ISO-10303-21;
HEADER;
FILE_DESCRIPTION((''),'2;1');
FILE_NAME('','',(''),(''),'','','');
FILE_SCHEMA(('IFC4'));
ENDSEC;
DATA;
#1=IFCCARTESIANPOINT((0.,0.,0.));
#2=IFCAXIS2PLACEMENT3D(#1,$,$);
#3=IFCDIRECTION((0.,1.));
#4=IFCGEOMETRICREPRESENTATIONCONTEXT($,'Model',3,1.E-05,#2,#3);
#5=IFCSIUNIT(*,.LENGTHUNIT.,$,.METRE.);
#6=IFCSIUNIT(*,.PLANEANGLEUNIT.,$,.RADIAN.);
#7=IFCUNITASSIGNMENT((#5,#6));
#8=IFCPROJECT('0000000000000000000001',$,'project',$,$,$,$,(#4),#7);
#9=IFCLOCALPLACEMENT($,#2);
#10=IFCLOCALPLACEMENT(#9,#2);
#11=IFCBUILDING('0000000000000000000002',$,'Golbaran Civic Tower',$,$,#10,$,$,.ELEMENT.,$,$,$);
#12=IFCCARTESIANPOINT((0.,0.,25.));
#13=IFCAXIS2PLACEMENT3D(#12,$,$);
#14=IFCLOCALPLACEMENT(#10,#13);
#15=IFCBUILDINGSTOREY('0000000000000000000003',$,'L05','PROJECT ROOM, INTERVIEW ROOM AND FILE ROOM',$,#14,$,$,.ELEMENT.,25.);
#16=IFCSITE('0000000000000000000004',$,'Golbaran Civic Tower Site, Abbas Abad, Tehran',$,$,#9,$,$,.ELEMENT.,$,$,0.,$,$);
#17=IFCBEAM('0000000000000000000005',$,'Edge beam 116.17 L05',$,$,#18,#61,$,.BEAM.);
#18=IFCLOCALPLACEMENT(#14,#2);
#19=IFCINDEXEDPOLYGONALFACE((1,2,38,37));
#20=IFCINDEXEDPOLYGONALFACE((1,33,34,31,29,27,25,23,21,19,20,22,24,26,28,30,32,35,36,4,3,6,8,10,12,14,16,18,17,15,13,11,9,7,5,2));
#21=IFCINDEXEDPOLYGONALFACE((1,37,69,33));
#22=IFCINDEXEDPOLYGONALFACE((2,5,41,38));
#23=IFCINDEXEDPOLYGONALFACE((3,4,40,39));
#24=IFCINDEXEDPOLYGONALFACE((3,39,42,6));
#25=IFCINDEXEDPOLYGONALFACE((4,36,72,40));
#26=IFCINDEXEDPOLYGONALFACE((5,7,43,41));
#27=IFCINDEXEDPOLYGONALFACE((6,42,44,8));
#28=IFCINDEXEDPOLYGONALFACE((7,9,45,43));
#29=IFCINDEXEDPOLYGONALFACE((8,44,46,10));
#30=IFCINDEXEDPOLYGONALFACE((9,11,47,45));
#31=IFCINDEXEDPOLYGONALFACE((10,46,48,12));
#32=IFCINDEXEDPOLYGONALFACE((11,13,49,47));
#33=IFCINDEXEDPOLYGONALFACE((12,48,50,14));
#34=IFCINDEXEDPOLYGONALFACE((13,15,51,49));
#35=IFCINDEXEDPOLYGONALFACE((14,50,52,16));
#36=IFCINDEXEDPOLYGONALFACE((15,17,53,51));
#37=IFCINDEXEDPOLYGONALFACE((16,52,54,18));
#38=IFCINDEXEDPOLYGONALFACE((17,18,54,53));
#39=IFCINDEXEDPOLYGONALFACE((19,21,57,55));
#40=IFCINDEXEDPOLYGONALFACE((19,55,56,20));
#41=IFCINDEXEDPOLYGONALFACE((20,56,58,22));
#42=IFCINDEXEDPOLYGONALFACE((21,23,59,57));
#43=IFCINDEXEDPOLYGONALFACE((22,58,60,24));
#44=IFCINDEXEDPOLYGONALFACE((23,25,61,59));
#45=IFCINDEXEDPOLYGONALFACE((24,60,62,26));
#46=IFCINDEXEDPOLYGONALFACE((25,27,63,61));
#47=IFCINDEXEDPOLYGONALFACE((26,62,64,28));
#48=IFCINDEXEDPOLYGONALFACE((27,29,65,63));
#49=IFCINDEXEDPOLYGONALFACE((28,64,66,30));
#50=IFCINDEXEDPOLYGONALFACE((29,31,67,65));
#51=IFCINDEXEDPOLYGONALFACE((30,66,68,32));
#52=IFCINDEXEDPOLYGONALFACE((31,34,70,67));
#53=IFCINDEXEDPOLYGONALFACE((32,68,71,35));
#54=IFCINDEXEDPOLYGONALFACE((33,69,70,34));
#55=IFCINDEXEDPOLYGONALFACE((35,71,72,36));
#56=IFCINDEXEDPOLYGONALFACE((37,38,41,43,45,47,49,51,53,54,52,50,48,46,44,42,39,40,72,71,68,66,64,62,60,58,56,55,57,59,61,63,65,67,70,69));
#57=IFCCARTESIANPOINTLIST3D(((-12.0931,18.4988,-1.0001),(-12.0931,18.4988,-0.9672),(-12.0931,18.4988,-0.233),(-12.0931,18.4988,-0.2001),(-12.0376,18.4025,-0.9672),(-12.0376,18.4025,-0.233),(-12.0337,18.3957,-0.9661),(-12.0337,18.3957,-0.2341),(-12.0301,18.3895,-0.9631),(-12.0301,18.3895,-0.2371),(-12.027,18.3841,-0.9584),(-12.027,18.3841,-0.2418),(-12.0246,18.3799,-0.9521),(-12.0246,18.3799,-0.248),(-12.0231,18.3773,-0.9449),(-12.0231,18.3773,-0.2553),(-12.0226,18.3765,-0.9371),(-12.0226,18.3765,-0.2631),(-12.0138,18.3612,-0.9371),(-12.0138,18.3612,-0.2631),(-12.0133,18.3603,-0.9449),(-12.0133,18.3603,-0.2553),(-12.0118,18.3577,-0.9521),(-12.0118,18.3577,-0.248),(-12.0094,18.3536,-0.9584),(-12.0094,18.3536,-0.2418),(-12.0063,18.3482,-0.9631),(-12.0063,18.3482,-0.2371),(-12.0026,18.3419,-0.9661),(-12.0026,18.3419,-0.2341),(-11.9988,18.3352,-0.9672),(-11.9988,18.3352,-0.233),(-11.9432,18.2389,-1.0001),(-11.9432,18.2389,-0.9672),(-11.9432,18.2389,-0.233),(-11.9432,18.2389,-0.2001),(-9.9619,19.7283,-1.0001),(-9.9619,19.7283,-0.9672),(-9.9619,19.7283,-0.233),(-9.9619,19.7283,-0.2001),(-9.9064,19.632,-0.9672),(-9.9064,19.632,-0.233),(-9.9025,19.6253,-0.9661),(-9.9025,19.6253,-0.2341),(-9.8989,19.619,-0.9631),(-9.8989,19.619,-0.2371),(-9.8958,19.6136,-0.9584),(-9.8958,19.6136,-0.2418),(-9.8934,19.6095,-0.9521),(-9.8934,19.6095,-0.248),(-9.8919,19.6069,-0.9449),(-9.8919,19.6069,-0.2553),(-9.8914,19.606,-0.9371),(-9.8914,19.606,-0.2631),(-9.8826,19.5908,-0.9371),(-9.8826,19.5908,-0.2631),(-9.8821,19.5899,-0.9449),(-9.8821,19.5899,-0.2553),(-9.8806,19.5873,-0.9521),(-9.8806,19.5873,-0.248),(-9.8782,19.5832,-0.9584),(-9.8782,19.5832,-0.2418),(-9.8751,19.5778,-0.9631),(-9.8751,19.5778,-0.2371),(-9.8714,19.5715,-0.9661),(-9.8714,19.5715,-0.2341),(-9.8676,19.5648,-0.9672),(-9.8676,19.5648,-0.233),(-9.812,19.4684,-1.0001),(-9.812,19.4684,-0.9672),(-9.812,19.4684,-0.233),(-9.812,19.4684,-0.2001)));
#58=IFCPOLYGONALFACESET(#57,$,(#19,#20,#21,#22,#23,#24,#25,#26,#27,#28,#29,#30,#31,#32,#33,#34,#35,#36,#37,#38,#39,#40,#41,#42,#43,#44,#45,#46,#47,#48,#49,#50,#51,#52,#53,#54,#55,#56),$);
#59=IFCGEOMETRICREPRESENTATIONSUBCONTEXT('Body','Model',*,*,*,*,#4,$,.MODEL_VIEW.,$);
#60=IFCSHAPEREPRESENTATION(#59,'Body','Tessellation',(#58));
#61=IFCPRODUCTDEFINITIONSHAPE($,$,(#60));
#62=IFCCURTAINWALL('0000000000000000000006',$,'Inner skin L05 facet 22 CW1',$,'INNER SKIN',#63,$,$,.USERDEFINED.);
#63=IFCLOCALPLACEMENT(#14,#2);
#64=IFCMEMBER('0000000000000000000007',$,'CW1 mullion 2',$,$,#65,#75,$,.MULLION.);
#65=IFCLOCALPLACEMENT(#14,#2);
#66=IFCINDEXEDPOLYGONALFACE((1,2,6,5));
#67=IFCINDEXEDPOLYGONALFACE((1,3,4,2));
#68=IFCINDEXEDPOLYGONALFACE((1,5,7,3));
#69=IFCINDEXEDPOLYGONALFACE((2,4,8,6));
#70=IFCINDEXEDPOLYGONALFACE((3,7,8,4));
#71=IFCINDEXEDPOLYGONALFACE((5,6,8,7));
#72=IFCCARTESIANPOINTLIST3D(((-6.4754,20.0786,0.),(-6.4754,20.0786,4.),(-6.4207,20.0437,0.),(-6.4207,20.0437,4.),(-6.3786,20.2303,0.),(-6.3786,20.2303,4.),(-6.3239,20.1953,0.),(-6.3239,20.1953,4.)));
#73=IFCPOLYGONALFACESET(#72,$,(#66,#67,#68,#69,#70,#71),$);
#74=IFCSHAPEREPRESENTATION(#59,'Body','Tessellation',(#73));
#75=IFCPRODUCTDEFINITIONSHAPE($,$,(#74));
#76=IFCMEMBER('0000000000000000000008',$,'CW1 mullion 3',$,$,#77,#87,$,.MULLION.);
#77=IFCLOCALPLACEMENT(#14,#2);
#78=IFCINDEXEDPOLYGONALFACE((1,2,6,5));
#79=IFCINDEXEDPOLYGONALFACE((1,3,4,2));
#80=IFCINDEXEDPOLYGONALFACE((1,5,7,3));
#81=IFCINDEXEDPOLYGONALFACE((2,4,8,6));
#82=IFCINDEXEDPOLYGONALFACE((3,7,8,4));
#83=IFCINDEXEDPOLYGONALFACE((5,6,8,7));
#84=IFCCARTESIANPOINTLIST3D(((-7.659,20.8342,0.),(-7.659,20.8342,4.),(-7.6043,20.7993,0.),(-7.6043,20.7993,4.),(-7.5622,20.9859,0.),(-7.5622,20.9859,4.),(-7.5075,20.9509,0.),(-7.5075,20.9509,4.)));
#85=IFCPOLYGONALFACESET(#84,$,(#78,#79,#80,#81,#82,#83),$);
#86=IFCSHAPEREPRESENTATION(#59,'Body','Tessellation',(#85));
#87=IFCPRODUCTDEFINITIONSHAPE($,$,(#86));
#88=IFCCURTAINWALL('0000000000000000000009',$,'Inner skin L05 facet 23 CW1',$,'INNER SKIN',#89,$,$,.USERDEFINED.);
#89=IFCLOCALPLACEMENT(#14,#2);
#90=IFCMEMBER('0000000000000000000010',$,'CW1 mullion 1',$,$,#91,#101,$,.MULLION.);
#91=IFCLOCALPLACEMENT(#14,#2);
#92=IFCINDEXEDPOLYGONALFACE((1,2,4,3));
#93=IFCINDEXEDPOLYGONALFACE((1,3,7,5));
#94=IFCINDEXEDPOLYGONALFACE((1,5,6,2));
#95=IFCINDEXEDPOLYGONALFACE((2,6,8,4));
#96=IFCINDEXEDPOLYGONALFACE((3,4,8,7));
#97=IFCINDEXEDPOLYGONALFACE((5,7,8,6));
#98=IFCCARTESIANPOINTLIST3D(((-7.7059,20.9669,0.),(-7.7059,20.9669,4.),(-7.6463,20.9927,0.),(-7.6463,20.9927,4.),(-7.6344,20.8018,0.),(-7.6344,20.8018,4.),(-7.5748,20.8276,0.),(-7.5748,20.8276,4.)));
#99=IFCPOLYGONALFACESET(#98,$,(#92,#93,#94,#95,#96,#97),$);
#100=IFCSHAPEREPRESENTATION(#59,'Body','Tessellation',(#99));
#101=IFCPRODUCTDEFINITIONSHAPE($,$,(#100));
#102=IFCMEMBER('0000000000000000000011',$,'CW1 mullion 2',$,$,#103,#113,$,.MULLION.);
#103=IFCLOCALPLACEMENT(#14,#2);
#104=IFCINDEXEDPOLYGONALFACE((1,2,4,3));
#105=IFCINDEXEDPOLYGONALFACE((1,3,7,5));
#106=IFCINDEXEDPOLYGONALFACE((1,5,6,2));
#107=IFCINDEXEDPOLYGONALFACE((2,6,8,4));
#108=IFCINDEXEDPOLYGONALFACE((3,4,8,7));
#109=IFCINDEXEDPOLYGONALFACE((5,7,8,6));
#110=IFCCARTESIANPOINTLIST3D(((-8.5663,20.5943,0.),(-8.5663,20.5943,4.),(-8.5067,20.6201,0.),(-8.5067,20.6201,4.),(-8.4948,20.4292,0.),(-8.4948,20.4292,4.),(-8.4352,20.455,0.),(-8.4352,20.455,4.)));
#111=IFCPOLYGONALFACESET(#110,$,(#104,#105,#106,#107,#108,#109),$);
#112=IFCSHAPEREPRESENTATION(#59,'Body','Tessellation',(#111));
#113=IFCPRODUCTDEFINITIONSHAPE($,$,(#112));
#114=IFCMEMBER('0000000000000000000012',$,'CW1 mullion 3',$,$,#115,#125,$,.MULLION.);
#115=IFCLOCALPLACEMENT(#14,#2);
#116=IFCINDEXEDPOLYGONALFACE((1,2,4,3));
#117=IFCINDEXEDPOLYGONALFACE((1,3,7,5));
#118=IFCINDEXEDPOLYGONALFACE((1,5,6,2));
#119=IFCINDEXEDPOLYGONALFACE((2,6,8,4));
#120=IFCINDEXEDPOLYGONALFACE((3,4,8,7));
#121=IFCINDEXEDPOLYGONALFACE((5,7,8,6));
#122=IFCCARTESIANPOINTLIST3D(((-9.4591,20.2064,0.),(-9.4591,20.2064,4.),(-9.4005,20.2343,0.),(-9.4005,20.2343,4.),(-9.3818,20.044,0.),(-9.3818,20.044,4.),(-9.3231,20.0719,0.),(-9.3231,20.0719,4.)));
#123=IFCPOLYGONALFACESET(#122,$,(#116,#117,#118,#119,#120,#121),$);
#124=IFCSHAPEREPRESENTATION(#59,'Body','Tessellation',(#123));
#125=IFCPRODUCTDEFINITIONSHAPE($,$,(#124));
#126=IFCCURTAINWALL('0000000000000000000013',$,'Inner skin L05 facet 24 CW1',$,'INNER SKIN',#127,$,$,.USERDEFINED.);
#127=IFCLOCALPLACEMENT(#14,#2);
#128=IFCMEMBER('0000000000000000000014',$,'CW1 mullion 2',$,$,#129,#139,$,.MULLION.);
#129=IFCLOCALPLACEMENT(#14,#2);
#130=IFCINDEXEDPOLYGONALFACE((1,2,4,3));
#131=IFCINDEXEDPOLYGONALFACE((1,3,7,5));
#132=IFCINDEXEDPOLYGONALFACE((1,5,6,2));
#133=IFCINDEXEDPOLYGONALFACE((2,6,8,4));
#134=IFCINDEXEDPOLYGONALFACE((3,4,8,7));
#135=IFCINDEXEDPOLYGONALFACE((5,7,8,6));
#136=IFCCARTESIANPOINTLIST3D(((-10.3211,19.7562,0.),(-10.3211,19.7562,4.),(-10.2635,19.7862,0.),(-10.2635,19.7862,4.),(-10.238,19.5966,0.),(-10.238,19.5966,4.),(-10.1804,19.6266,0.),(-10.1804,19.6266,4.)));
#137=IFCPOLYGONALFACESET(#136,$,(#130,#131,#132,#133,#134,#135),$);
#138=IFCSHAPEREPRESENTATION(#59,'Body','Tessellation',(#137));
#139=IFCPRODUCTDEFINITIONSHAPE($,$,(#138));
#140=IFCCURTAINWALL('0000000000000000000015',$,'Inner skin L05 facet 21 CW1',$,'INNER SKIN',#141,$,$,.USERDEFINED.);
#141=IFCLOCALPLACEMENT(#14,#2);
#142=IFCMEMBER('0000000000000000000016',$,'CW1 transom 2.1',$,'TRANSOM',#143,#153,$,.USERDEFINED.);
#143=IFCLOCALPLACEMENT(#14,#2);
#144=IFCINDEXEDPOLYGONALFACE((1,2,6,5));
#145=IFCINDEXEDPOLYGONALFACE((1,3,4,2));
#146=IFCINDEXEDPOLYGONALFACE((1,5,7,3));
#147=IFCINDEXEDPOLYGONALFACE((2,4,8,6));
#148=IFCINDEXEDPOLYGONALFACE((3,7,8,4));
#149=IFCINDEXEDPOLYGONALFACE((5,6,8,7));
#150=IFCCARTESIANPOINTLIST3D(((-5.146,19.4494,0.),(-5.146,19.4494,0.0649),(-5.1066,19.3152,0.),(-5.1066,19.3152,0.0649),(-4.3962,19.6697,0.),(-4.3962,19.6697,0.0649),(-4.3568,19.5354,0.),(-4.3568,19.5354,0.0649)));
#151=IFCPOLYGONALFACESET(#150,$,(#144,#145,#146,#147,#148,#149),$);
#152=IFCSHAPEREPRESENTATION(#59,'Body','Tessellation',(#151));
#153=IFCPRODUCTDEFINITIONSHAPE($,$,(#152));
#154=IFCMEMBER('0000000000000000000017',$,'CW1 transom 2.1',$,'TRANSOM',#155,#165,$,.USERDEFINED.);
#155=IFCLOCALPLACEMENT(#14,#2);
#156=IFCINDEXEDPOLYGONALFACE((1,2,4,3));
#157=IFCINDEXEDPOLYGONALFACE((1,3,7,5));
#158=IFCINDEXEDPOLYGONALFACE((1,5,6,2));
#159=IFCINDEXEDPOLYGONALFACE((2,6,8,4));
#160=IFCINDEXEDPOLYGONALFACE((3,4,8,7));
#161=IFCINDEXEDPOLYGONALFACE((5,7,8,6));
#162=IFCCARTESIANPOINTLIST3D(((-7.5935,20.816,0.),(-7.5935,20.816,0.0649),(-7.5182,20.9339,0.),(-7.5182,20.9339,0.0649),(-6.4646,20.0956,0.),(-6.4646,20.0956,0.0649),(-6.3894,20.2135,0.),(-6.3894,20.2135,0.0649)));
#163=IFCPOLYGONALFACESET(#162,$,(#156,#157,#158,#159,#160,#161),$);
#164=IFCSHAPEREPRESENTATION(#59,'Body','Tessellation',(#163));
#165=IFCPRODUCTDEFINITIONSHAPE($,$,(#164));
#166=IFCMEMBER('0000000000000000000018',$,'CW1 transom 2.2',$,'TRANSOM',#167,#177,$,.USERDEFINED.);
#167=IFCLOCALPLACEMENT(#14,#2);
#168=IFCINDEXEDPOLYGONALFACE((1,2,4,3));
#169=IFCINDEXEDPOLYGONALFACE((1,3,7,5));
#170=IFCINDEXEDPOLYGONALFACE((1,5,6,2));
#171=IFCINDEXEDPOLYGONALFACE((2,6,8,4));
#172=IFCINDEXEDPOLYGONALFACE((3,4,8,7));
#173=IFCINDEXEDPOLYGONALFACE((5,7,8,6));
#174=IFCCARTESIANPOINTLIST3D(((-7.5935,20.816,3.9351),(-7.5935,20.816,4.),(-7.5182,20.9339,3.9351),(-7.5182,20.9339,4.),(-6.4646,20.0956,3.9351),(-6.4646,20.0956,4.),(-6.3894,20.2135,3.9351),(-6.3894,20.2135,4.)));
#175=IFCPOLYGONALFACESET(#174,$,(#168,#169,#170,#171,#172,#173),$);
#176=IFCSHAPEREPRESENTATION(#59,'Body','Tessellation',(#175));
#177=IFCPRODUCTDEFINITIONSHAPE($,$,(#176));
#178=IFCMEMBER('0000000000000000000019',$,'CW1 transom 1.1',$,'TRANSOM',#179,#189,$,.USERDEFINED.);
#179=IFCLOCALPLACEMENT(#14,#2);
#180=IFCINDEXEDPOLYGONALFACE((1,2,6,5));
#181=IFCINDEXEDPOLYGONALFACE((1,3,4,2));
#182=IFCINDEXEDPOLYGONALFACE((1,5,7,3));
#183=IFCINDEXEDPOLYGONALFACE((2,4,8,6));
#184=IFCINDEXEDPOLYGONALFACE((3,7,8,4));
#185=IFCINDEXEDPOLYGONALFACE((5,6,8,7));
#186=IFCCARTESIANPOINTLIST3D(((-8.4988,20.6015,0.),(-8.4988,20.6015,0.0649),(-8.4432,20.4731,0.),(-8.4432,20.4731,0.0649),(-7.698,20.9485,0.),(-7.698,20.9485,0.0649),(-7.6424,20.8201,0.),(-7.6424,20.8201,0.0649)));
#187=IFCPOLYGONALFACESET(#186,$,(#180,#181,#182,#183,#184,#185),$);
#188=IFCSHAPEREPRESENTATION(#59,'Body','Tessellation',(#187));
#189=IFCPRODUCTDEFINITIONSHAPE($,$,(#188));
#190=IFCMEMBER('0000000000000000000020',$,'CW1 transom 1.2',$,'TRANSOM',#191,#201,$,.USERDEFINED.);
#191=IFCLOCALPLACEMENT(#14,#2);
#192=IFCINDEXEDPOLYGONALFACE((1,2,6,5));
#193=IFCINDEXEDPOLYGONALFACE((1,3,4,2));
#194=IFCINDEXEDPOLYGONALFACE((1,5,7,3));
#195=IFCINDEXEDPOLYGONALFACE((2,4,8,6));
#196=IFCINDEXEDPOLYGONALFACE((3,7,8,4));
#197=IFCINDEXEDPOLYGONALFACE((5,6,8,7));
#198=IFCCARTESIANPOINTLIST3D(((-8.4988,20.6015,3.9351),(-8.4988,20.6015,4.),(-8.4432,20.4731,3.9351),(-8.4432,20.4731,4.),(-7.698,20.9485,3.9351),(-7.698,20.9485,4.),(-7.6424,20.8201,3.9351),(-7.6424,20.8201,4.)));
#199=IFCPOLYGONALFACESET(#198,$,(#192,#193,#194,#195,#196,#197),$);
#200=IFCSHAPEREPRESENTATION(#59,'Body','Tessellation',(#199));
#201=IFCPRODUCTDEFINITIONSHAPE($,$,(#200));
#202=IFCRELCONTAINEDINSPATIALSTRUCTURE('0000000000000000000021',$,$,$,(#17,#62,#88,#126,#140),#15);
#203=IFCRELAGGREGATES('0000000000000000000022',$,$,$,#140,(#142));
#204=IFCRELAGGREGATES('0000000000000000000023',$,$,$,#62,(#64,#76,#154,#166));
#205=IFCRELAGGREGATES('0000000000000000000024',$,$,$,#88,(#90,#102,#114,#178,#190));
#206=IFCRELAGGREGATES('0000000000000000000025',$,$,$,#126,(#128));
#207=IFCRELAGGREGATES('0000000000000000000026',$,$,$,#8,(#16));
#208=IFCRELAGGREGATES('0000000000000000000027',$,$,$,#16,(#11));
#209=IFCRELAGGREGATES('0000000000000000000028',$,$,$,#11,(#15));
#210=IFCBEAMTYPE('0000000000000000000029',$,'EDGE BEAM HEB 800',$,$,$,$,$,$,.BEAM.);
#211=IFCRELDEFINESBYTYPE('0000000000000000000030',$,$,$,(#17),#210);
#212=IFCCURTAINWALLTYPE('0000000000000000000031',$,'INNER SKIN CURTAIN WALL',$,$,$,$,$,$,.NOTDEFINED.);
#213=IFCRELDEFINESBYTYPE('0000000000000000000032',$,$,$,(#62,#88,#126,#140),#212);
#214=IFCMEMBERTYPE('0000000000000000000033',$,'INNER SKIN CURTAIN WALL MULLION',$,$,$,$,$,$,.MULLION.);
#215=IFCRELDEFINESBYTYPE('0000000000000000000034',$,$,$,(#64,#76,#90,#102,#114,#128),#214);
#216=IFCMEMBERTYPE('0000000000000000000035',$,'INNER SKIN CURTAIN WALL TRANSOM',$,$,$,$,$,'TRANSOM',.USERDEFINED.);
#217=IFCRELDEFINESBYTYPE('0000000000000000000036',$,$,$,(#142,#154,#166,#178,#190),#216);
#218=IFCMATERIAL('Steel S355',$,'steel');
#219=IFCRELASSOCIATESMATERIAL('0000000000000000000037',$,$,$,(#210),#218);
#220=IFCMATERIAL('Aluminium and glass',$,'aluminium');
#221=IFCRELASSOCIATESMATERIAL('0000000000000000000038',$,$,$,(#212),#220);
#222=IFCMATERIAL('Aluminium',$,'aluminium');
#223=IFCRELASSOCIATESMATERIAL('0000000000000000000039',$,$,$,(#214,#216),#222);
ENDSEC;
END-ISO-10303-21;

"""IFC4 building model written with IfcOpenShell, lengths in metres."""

from ifc_helpers import new_model, si_unit, direction, frame, origin, origin_2d, place, context, subcontext, project, spatial, rectangle, i_section, extrude, material, material_profile, profile_set, type_object, element, aggregate, save


model = new_model("IFC4")

# Units and contexts
model_context = context("Model", 3, precision=1e-05, world=origin(), true_north=direction((0.0, 1.0)))
body_context = subcontext(model_context, "Body", "Model", "MODEL_VIEW")
ifc_project = project(units=[si_unit("LENGTHUNIT", "METRE"), si_unit("PLANEANGLEUNIT", "RADIAN")], contexts=[model_context])

# Site, building, storey
site_placement = place(None, origin())
site = spatial("IfcSite", under=ifc_project, at=site_placement, Name="Golbaran Civic Tower Site, Abbas Abad, Tehran", CompositionType="ELEMENT", RefElevation=0.0)
building_placement = place(site_placement, origin())
building = spatial("IfcBuilding", under=site, at=building_placement, Name="Golbaran Civic Tower", CompositionType="ELEMENT")
storey_placement = place(building_placement, frame((0.0, 0.0, 25.0)))
storey = spatial("IfcBuildingStorey", under=building, at=storey_placement, Name="L05", Description="PROJECT ROOM, INTERVIEW ROOM AND FILE ROOM", CompositionType="ELEMENT", Elevation=25.0)

# Beam
ifc_material_1 = material(Name="Steel S355", Category="steel")
ifc_material_profile_1 = material_profile(ifc_material_1, i_section(OverallWidth=0.3, OverallDepth=0.8, WebThickness=0.0176, FlangeThickness=0.033, FilletRadius=0.03, at=origin_2d()), Name="HEB 800")
ifc_profile_set_1 = profile_set([ifc_material_profile_1], Name="Steel S355")
beam_type = type_object("IfcBeamType", Name="EDGE BEAM HEB 800", PredefinedType="BEAM", material=ifc_profile_set_1)
beam_placement = place(storey_placement, frame((-9.887, 19.5984, -0.6001), z_axis=(-0.866184, -0.499725, 0.0), x_axis=(0.499725, -0.866184, 0.0)))
element("IfcBeam", 1, at=beam_placement, inside=storey, type_object=beam_type, Name="Edge beam 116.17 L05", PredefinedType="BEAM", context=body_context, shape_type="SweptSolid", body=[
    extrude(i_section(OverallWidth=0.3, OverallDepth=0.8, WebThickness=0.0176, FlangeThickness=0.033, FilletRadius=0.03, at=origin_2d()), origin(), (0.0, 0.0, 1.0), 2.4604),
])

# Curtain walls, members
ifc_material_2 = material(Name="Aluminium and glass", Category="aluminium")
curtain_wall_type = type_object("IfcCurtainWallType", Name="INNER SKIN CURTAIN WALL", PredefinedType="NOTDEFINED", material=ifc_material_2)
curtain_wall_1_placement = place(storey_placement, origin())
curtain_wall_1 = element("IfcCurtainWall", 2, at=curtain_wall_1_placement, inside=storey, type_object=curtain_wall_type, Name="Inner skin L05 facet 22 CW1", ObjectType="INNER SKIN", PredefinedType="USERDEFINED")
ifc_material_3 = material(Name="Aluminium", Category="aluminium")
ifc_material_profile_2 = material_profile(ifc_material_3, rectangle(XDim=0.1799, YDim=0.0649, at=origin_2d()), Name="INNER SKIN CURTAIN WALL MULLION")
ifc_profile_set_2 = profile_set([ifc_material_profile_2], Name="Aluminium")
member_type_1 = type_object("IfcMemberType", Name="INNER SKIN CURTAIN WALL MULLION", PredefinedType="MULLION", material=ifc_profile_set_2)
member_1_placement = place(storey_placement, frame((-6.3997, 20.137, 0.0), z_axis=(0.0, 0.0, 1.0), x_axis=(-0.538063, -0.842904, 0.0)))
member_1 = element("IfcMember", 3, at=member_1_placement, type_object=member_type_1, Name="CW1 mullion 2", PredefinedType="MULLION", context=body_context, shape_type="SweptSolid", body=[
    extrude(rectangle(XDim=0.1799, YDim=0.0649, at=origin_2d()), origin(), (0.0, 0.0, 1.0), 4.0),
])
member_2_placement = place(storey_placement, frame((-7.5833, 20.8926, 0.0), z_axis=(0.0, 0.0, 1.0), x_axis=(-0.538063, -0.842904, 0.0)))
member_2 = element("IfcMember", 4, at=member_2_placement, type_object=member_type_1, Name="CW1 mullion 3", PredefinedType="MULLION", context=body_context, shape_type="SweptSolid", body=[
    extrude(rectangle(XDim=0.1799, YDim=0.0649, at=origin_2d()), origin(), (0.0, 0.0, 1.0), 4.0),
])
curtain_wall_2_placement = place(storey_placement, origin())
curtain_wall_2 = element("IfcCurtainWall", 5, at=curtain_wall_2_placement, inside=storey, type_object=curtain_wall_type, Name="Inner skin L05 facet 23 CW1", ObjectType="INNER SKIN", PredefinedType="USERDEFINED")
member_3_placement = place(storey_placement, frame((-7.6404, 20.8972, 0.0), z_axis=(0.0, 0.0, 1.0), x_axis=(0.397383, -0.917653, 0.0)))
member_3 = element("IfcMember", 6, at=member_3_placement, type_object=member_type_1, Name="CW1 mullion 1", PredefinedType="MULLION", context=body_context, shape_type="SweptSolid", body=[
    extrude(rectangle(XDim=0.1799, YDim=0.0649, at=origin_2d()), origin(), (0.0, 0.0, 1.0), 4.0),
])
member_4_placement = place(storey_placement, frame((-8.5007, 20.5247, 0.0), z_axis=(0.0, 0.0, 1.0), x_axis=(0.397383, -0.917653, 0.0)))
member_4 = element("IfcMember", 7, at=member_4_placement, type_object=member_type_1, Name="CW1 mullion 2", PredefinedType="MULLION", context=body_context, shape_type="SweptSolid", body=[
    extrude(rectangle(XDim=0.1799, YDim=0.0649, at=origin_2d()), origin(), (0.0, 0.0, 1.0), 4.0),
])
member_5_placement = place(storey_placement, frame((-9.3911, 20.1392, 0.0), z_axis=(0.0, 0.0, 1.0), x_axis=(0.429839, -0.902906, 0.0)))
member_5 = element("IfcMember", 8, at=member_5_placement, type_object=member_type_1, Name="CW1 mullion 3", PredefinedType="MULLION", context=body_context, shape_type="SweptSolid", body=[
    extrude(rectangle(XDim=0.1799, YDim=0.0649, at=origin_2d()), origin(), (0.0, 0.0, 1.0), 4.0),
])

# Curtain walls, members
curtain_wall_3_placement = place(storey_placement, origin())
curtain_wall_3 = element("IfcCurtainWall", 9, at=curtain_wall_3_placement, inside=storey, type_object=curtain_wall_type, Name="Inner skin L05 facet 24 CW1", ObjectType="INNER SKIN", PredefinedType="USERDEFINED")
member_6_placement = place(storey_placement, frame((-10.2507, 19.6914, 0.0), z_axis=(0.0, 0.0, 1.0), x_axis=(0.461749, -0.887011, 0.0)))
member_6 = element("IfcMember", 10, at=member_6_placement, type_object=member_type_1, Name="CW1 mullion 2", PredefinedType="MULLION", context=body_context, shape_type="SweptSolid", body=[
    extrude(rectangle(XDim=0.1799, YDim=0.0649, at=origin_2d()), origin(), (0.0, 0.0, 1.0), 4.0),
])
curtain_wall_4_placement = place(storey_placement, origin())
curtain_wall_4 = element("IfcCurtainWall", 11, at=curtain_wall_4_placement, inside=storey, type_object=curtain_wall_type, Name="Inner skin L05 facet 21 CW1", ObjectType="INNER SKIN", PredefinedType="USERDEFINED")
ifc_material_profile_3 = material_profile(ifc_material_3, rectangle(XDim=0.1399, YDim=0.0649, at=origin_2d()), Name="INNER SKIN CURTAIN WALL TRANSOM")
ifc_profile_set_3 = profile_set([ifc_material_profile_3], Name="Aluminium")
member_type_2 = type_object("IfcMemberType", Name="INNER SKIN CURTAIN WALL TRANSOM", ElementType="TRANSOM", PredefinedType="USERDEFINED", material=ifc_profile_set_3)
member_7_placement = place(storey_placement, frame((-4.3765, 19.6025, 0.0325), z_axis=(-0.95947, -0.281811, 0.0), x_axis=(0.281811, -0.95947, 0.0)))
member_7 = element("IfcMember", 12, at=member_7_placement, type_object=member_type_2, Name="CW1 transom 2.1", ObjectType="TRANSOM", PredefinedType="USERDEFINED", context=body_context, shape_type="SweptSolid", body=[
    extrude(rectangle(XDim=0.1399, YDim=0.0649, at=origin_2d()), origin(), (0.0, 0.0, 1.0), 0.7815),
])
aggregate(curtain_wall_4, [member_7])

# Members
member_8_placement = place(storey_placement, frame((-6.427, 20.1545, 0.0325), z_axis=(-0.842963, 0.537972, 0.0), x_axis=(-0.537972, -0.842963, 0.0)))
member_8 = element("IfcMember", 13, at=member_8_placement, type_object=member_type_2, Name="CW1 transom 2.1", ObjectType="TRANSOM", PredefinedType="USERDEFINED", context=body_context, shape_type="SweptSolid", body=[
    extrude(rectangle(XDim=0.1399, YDim=0.0649, at=origin_2d()), origin(), (0.0, 0.0, 1.0), 1.3391),
])
member_9_placement = place(storey_placement, frame((-6.427, 20.1545, 3.9675), z_axis=(-0.842963, 0.537972, 0.0), x_axis=(-0.537972, -0.842963, 0.0)))
member_9 = element("IfcMember", 14, at=member_9_placement, type_object=member_type_2, Name="CW1 transom 2.2", ObjectType="TRANSOM", PredefinedType="USERDEFINED", context=body_context, shape_type="SweptSolid", body=[
    extrude(rectangle(XDim=0.1399, YDim=0.0649, at=origin_2d()), origin(), (0.0, 0.0, 1.0), 1.3391),
])
member_10_placement = place(storey_placement, frame((-7.6702, 20.8843, 0.0325), z_axis=(-0.91759, -0.397529, 0.0), x_axis=(0.397529, -0.91759, 0.0)))
member_10 = element("IfcMember", 15, at=member_10_placement, type_object=member_type_2, Name="CW1 transom 1.1", ObjectType="TRANSOM", PredefinedType="USERDEFINED", context=body_context, shape_type="SweptSolid", body=[
    extrude(rectangle(XDim=0.1399, YDim=0.0649, at=origin_2d()), origin(), (0.0, 0.0, 1.0), 0.8728),
])
member_11_placement = place(storey_placement, frame((-7.6702, 20.8843, 3.9675), z_axis=(-0.91759, -0.397529, 0.0), x_axis=(0.397529, -0.91759, 0.0)))
member_11 = element("IfcMember", 16, at=member_11_placement, type_object=member_type_2, Name="CW1 transom 1.2", ObjectType="TRANSOM", PredefinedType="USERDEFINED", context=body_context, shape_type="SweptSolid", body=[
    extrude(rectangle(XDim=0.1399, YDim=0.0649, at=origin_2d()), origin(), (0.0, 0.0, 1.0), 0.8728),
])

aggregate(curtain_wall_1, [member_1, member_2, member_8, member_9])
aggregate(curtain_wall_2, [member_3, member_4, member_5, member_10, member_11])
aggregate(curtain_wall_3, [member_6])

save(model, "model.ifc")
